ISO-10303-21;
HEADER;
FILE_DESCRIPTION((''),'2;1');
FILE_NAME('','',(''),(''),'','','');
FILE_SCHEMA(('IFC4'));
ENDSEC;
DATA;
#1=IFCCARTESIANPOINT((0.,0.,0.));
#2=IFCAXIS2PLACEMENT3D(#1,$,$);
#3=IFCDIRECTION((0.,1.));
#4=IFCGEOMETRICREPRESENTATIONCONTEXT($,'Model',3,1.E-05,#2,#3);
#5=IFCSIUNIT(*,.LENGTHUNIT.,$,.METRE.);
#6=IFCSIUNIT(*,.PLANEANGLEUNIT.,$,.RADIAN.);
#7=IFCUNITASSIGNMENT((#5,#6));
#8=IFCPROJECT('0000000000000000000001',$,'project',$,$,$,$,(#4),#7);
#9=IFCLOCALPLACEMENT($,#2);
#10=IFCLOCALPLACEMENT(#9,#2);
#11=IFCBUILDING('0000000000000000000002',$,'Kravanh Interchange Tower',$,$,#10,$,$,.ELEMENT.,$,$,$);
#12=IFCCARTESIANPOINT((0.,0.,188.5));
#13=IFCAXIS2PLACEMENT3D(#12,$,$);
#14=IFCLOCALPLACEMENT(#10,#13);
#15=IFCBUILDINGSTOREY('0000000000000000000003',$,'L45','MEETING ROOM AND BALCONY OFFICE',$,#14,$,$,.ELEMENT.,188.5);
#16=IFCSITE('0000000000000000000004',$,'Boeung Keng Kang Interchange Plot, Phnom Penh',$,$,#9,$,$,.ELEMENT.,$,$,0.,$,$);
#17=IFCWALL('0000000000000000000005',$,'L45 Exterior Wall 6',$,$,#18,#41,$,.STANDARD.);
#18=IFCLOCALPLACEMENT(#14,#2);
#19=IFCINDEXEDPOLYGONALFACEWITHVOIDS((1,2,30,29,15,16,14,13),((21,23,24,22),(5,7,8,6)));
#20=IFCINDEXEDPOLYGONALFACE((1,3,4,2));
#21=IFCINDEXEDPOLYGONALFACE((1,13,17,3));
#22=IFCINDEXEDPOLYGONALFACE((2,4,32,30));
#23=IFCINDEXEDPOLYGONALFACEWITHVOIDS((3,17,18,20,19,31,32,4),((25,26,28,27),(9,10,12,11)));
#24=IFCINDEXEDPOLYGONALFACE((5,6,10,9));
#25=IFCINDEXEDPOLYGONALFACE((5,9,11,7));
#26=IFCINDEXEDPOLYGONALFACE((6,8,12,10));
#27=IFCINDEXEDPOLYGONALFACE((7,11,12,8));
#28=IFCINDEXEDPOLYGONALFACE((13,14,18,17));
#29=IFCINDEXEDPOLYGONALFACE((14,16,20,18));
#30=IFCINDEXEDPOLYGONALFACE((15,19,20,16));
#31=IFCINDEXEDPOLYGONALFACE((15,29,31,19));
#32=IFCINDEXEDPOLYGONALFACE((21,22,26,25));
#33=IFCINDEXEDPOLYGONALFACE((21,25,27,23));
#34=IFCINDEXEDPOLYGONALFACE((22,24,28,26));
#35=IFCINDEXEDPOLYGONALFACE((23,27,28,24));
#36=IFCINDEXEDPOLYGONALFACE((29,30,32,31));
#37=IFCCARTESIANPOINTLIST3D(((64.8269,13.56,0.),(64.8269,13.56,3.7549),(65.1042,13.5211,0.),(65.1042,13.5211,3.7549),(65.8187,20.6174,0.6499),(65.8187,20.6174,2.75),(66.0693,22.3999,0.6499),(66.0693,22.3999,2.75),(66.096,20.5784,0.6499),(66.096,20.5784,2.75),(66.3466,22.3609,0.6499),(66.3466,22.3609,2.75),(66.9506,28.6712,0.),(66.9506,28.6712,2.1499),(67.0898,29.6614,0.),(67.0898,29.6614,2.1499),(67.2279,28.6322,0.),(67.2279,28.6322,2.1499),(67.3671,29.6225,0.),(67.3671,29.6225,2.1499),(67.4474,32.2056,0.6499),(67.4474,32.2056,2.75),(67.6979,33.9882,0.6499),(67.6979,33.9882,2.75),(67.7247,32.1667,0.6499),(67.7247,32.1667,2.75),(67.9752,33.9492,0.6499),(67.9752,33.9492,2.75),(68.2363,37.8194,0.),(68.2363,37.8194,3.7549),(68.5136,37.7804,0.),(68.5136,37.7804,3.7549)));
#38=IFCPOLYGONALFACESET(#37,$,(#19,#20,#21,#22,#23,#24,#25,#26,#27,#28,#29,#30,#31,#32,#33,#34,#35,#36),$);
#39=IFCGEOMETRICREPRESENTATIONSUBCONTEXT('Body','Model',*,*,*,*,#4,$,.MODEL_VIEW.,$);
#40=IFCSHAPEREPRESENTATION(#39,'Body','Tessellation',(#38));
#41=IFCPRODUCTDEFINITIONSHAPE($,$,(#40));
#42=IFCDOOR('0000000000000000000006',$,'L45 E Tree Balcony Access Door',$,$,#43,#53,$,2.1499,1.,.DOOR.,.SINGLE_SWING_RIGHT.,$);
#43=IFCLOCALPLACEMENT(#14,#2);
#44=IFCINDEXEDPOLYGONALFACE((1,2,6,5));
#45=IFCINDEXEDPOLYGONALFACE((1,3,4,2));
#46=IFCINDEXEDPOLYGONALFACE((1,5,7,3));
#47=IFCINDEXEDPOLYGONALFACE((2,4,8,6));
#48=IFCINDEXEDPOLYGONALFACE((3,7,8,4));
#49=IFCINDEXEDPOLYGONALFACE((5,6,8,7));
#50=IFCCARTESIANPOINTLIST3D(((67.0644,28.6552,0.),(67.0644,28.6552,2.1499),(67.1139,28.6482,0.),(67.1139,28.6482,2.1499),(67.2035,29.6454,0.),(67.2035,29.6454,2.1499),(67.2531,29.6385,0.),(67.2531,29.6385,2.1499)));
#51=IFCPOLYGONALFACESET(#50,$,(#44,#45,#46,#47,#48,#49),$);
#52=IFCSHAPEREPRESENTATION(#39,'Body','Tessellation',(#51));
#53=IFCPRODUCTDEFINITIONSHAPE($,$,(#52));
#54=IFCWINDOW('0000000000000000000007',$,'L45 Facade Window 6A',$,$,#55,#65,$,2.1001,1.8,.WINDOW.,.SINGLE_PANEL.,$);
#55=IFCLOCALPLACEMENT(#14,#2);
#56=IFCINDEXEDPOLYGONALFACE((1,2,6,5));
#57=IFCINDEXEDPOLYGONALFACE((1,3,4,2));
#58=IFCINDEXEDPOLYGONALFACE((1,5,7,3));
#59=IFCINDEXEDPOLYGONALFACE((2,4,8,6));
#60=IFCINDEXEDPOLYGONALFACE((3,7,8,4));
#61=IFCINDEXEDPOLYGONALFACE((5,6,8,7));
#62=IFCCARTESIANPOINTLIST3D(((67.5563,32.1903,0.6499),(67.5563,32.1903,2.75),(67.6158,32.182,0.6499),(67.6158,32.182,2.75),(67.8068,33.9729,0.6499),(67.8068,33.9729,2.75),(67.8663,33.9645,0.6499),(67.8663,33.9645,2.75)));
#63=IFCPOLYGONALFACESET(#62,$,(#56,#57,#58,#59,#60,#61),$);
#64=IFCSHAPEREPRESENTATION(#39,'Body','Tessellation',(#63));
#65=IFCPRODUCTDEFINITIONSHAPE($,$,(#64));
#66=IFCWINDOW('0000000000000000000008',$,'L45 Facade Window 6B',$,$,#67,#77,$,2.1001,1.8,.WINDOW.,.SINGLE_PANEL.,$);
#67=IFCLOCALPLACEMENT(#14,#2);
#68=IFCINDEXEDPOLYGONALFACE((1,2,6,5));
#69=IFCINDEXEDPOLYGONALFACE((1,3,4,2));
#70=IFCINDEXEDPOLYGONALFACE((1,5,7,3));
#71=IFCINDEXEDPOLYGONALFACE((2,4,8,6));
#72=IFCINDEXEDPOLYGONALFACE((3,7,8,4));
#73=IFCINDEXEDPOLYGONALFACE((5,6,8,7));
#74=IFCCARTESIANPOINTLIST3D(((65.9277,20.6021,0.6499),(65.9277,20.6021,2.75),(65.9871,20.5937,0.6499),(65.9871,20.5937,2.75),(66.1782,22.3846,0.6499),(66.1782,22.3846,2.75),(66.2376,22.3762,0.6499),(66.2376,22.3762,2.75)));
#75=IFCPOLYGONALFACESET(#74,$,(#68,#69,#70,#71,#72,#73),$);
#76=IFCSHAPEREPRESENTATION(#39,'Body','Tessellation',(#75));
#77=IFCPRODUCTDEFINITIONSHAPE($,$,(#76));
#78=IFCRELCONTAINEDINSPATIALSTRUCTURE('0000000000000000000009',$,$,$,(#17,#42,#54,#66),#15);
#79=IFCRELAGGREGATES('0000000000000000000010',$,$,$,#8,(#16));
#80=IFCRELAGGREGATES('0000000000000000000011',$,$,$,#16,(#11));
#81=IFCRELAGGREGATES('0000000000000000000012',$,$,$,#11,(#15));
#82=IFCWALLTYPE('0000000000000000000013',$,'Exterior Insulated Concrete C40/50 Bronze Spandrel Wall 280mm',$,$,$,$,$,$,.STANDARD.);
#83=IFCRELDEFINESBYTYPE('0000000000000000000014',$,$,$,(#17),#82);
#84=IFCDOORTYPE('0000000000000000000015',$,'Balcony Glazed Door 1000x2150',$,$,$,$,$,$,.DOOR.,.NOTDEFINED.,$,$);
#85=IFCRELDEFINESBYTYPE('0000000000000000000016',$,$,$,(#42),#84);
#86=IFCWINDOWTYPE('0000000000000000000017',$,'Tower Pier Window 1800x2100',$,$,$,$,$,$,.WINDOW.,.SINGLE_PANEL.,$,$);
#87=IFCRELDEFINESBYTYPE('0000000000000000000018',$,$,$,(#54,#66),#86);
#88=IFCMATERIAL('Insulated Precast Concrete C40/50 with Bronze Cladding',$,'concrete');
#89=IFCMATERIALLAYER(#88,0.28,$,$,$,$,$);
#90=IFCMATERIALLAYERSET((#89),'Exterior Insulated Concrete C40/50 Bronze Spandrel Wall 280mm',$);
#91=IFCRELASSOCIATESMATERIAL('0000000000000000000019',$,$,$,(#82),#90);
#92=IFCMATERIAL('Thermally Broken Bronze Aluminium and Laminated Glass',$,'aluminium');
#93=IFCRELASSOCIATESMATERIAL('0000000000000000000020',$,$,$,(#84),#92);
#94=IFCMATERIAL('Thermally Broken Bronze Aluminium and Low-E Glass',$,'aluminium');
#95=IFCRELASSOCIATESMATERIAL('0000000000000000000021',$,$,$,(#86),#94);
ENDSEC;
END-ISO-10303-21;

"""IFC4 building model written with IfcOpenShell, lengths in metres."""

from ifc_helpers import new_model, si_unit, direction, frame, frame_2d, origin, place, context, subcontext, project, spatial, rectangle, extrude, material, layer, layer_set, type_object, element, fill, save


model = new_model("IFC4")

# Units and contexts
model_context = context("Model", 3, precision=1e-05, world=origin(), true_north=direction((0.0, 1.0)))
body_context = subcontext(model_context, "Body", "Model", "MODEL_VIEW")
ifc_project = project(units=[si_unit("LENGTHUNIT", "METRE"), si_unit("PLANEANGLEUNIT", "RADIAN")], contexts=[model_context])

# Site, building, storey
site_placement = place(None, origin())
site = spatial("IfcSite", under=ifc_project, at=site_placement, Name="Boeung Keng Kang Interchange Plot, Phnom Penh", CompositionType="ELEMENT", RefElevation=0.0)
building_placement = place(site_placement, origin())
building = spatial("IfcBuilding", under=site, at=building_placement, Name="Kravanh Interchange Tower", CompositionType="ELEMENT")
storey_placement = place(building_placement, frame((0.0, 0.0, 188.5)))
storey = spatial("IfcBuildingStorey", under=building, at=storey_placement, Name="L45", Description="MEETING ROOM AND BALCONY OFFICE", CompositionType="ELEMENT", Elevation=188.5)

# Wall, openings, door, windows
ifc_material_1 = material(Name="Insulated Precast Concrete C40/50 with Bronze Cladding", Category="concrete")
ifc_layer_1 = layer(ifc_material_1, 0.28)
ifc_layer_set_1 = layer_set([ifc_layer_1], Name="Exterior Insulated Concrete C40/50 Bronze Spandrel Wall 280mm")
wall_type_1 = type_object("IfcWallType", Name="Exterior Insulated Concrete C40/50 Bronze Spandrel Wall 280mm", PredefinedType="STANDARD", material=ifc_layer_set_1)
wall_1_placement = place(storey_placement, frame((68.375, 37.8, 0.0), z_axis=(0.0, 0.0, 1.0), x_axis=(-0.139173, -0.990268, 0.0)))
wall_1 = element("IfcWall", 1, at=wall_1_placement, inside=storey, type_object=wall_type_1, Name="L45 Exterior Wall 6", PredefinedType="STANDARD", context=body_context, shape_type="SweptSolid", body=[
    extrude(rectangle(XDim=24.4978, YDim=0.28, at=frame_2d((12.249, 0.0))), origin(), (0.0, 0.0, 1.0), 3.7549),
])
opening_1_placement = place(wall_1_placement, frame((8.2383, 0.0, 0.0)))
opening_1 = element("IfcOpeningElement", 2, at=opening_1_placement, cuts=wall_1, PredefinedType="OPENING", context=body_context, shape_type="SweptSolid", body=[
    extrude(rectangle(XDim=1.0, YDim=2.1499, at=frame_2d((0.5, 1.075))), frame((0.0, 0.1499, 0.0), z_axis=(0.0, -1.0, 0.0), x_axis=(1.0, 0.0, 0.0)), (0.0, 0.0, 1.0), 0.3),
])
opening_2_placement = place(wall_1_placement, frame((3.8691, 0.0, 0.6499)))
opening_2 = element("IfcOpeningElement", 3, at=opening_2_placement, cuts=wall_1, PredefinedType="OPENING", context=body_context, shape_type="SweptSolid", body=[
    extrude(rectangle(XDim=1.8, YDim=2.1001, at=frame_2d((0.8999, 1.05))), frame((0.0, 0.1499, 0.0), z_axis=(0.0, -1.0, 0.0), x_axis=(1.0, 0.0, 0.0)), (0.0, 0.0, 1.0), 0.3),
])
opening_3_placement = place(wall_1_placement, frame((15.5713, 0.0, 0.6499)))
opening_3 = element("IfcOpeningElement", 4, at=opening_3_placement, cuts=wall_1, PredefinedType="OPENING", context=body_context, shape_type="SweptSolid", body=[
    extrude(rectangle(XDim=1.8, YDim=2.1001, at=frame_2d((0.8999, 1.05))), frame((0.0, 0.1499, 0.0), z_axis=(0.0, -1.0, 0.0), x_axis=(1.0, 0.0, 0.0)), (0.0, 0.0, 1.0), 0.3),
])
ifc_material_2 = material(Name="Thermally Broken Bronze Aluminium and Laminated Glass", Category="aluminium")
door_type_1 = type_object("IfcDoorType", Name="Balcony Glazed Door 1000x2150", OperationType="NOTDEFINED", PredefinedType="DOOR", material=ifc_material_2)
door_1_placement = place(opening_1_placement, origin())
door_1 = element("IfcDoor", 5, at=door_1_placement, inside=storey, type_object=door_type_1, Name="L45 E Tree Balcony Access Door", OperationType="SINGLE_SWING_RIGHT", OverallHeight=2.1499, OverallWidth=1.0, PredefinedType="DOOR", context=body_context, shape_type="SweptSolid", body=[
    extrude(rectangle(XDim=1.0, YDim=2.1499, at=frame_2d((0.5, 1.075))), frame((0.0, 0.0249, 0.0), z_axis=(0.0, -1.0, 0.0), x_axis=(1.0, 0.0, 0.0)), (0.0, 0.0, 1.0), 0.05),
])
fill(opening_1, door_1)
ifc_material_3 = material(Name="Thermally Broken Bronze Aluminium and Low-E Glass", Category="aluminium")
window_type = type_object("IfcWindowType", Name="Tower Pier Window 1800x2100", PartitioningType="SINGLE_PANEL", PredefinedType="WINDOW", material=ifc_material_3)
window_1_placement = place(opening_2_placement, origin())
window_1 = element("IfcWindow", 6, at=window_1_placement, inside=storey, type_object=window_type, Name="L45 Facade Window 6A", OverallHeight=2.1001, OverallWidth=1.8, PartitioningType="SINGLE_PANEL", PredefinedType="WINDOW", context=body_context, shape_type="SweptSolid", body=[
    extrude(rectangle(XDim=1.8, YDim=2.1001, at=frame_2d((0.8999, 1.05))), frame((0.0, 0.03, 0.0), z_axis=(0.0, -1.0, 0.0), x_axis=(1.0, 0.0, 0.0)), (0.0, 0.0, 1.0), 0.0601),
])
fill(opening_2, window_1)
window_2_placement = place(opening_3_placement, origin())
window_2 = element("IfcWindow", 7, at=window_2_placement, inside=storey, type_object=window_type, Name="L45 Facade Window 6B", OverallHeight=2.1001, OverallWidth=1.8, PartitioningType="SINGLE_PANEL", PredefinedType="WINDOW", context=body_context, shape_type="SweptSolid", body=[
    extrude(rectangle(XDim=1.8, YDim=2.1001, at=frame_2d((0.8999, 1.05))), frame((0.0, 0.03, 0.0), z_axis=(0.0, -1.0, 0.0), x_axis=(1.0, 0.0, 0.0)), (0.0, 0.0, 1.0), 0.0601),
])
fill(opening_3, window_2)

save(model, "model.ifc")
